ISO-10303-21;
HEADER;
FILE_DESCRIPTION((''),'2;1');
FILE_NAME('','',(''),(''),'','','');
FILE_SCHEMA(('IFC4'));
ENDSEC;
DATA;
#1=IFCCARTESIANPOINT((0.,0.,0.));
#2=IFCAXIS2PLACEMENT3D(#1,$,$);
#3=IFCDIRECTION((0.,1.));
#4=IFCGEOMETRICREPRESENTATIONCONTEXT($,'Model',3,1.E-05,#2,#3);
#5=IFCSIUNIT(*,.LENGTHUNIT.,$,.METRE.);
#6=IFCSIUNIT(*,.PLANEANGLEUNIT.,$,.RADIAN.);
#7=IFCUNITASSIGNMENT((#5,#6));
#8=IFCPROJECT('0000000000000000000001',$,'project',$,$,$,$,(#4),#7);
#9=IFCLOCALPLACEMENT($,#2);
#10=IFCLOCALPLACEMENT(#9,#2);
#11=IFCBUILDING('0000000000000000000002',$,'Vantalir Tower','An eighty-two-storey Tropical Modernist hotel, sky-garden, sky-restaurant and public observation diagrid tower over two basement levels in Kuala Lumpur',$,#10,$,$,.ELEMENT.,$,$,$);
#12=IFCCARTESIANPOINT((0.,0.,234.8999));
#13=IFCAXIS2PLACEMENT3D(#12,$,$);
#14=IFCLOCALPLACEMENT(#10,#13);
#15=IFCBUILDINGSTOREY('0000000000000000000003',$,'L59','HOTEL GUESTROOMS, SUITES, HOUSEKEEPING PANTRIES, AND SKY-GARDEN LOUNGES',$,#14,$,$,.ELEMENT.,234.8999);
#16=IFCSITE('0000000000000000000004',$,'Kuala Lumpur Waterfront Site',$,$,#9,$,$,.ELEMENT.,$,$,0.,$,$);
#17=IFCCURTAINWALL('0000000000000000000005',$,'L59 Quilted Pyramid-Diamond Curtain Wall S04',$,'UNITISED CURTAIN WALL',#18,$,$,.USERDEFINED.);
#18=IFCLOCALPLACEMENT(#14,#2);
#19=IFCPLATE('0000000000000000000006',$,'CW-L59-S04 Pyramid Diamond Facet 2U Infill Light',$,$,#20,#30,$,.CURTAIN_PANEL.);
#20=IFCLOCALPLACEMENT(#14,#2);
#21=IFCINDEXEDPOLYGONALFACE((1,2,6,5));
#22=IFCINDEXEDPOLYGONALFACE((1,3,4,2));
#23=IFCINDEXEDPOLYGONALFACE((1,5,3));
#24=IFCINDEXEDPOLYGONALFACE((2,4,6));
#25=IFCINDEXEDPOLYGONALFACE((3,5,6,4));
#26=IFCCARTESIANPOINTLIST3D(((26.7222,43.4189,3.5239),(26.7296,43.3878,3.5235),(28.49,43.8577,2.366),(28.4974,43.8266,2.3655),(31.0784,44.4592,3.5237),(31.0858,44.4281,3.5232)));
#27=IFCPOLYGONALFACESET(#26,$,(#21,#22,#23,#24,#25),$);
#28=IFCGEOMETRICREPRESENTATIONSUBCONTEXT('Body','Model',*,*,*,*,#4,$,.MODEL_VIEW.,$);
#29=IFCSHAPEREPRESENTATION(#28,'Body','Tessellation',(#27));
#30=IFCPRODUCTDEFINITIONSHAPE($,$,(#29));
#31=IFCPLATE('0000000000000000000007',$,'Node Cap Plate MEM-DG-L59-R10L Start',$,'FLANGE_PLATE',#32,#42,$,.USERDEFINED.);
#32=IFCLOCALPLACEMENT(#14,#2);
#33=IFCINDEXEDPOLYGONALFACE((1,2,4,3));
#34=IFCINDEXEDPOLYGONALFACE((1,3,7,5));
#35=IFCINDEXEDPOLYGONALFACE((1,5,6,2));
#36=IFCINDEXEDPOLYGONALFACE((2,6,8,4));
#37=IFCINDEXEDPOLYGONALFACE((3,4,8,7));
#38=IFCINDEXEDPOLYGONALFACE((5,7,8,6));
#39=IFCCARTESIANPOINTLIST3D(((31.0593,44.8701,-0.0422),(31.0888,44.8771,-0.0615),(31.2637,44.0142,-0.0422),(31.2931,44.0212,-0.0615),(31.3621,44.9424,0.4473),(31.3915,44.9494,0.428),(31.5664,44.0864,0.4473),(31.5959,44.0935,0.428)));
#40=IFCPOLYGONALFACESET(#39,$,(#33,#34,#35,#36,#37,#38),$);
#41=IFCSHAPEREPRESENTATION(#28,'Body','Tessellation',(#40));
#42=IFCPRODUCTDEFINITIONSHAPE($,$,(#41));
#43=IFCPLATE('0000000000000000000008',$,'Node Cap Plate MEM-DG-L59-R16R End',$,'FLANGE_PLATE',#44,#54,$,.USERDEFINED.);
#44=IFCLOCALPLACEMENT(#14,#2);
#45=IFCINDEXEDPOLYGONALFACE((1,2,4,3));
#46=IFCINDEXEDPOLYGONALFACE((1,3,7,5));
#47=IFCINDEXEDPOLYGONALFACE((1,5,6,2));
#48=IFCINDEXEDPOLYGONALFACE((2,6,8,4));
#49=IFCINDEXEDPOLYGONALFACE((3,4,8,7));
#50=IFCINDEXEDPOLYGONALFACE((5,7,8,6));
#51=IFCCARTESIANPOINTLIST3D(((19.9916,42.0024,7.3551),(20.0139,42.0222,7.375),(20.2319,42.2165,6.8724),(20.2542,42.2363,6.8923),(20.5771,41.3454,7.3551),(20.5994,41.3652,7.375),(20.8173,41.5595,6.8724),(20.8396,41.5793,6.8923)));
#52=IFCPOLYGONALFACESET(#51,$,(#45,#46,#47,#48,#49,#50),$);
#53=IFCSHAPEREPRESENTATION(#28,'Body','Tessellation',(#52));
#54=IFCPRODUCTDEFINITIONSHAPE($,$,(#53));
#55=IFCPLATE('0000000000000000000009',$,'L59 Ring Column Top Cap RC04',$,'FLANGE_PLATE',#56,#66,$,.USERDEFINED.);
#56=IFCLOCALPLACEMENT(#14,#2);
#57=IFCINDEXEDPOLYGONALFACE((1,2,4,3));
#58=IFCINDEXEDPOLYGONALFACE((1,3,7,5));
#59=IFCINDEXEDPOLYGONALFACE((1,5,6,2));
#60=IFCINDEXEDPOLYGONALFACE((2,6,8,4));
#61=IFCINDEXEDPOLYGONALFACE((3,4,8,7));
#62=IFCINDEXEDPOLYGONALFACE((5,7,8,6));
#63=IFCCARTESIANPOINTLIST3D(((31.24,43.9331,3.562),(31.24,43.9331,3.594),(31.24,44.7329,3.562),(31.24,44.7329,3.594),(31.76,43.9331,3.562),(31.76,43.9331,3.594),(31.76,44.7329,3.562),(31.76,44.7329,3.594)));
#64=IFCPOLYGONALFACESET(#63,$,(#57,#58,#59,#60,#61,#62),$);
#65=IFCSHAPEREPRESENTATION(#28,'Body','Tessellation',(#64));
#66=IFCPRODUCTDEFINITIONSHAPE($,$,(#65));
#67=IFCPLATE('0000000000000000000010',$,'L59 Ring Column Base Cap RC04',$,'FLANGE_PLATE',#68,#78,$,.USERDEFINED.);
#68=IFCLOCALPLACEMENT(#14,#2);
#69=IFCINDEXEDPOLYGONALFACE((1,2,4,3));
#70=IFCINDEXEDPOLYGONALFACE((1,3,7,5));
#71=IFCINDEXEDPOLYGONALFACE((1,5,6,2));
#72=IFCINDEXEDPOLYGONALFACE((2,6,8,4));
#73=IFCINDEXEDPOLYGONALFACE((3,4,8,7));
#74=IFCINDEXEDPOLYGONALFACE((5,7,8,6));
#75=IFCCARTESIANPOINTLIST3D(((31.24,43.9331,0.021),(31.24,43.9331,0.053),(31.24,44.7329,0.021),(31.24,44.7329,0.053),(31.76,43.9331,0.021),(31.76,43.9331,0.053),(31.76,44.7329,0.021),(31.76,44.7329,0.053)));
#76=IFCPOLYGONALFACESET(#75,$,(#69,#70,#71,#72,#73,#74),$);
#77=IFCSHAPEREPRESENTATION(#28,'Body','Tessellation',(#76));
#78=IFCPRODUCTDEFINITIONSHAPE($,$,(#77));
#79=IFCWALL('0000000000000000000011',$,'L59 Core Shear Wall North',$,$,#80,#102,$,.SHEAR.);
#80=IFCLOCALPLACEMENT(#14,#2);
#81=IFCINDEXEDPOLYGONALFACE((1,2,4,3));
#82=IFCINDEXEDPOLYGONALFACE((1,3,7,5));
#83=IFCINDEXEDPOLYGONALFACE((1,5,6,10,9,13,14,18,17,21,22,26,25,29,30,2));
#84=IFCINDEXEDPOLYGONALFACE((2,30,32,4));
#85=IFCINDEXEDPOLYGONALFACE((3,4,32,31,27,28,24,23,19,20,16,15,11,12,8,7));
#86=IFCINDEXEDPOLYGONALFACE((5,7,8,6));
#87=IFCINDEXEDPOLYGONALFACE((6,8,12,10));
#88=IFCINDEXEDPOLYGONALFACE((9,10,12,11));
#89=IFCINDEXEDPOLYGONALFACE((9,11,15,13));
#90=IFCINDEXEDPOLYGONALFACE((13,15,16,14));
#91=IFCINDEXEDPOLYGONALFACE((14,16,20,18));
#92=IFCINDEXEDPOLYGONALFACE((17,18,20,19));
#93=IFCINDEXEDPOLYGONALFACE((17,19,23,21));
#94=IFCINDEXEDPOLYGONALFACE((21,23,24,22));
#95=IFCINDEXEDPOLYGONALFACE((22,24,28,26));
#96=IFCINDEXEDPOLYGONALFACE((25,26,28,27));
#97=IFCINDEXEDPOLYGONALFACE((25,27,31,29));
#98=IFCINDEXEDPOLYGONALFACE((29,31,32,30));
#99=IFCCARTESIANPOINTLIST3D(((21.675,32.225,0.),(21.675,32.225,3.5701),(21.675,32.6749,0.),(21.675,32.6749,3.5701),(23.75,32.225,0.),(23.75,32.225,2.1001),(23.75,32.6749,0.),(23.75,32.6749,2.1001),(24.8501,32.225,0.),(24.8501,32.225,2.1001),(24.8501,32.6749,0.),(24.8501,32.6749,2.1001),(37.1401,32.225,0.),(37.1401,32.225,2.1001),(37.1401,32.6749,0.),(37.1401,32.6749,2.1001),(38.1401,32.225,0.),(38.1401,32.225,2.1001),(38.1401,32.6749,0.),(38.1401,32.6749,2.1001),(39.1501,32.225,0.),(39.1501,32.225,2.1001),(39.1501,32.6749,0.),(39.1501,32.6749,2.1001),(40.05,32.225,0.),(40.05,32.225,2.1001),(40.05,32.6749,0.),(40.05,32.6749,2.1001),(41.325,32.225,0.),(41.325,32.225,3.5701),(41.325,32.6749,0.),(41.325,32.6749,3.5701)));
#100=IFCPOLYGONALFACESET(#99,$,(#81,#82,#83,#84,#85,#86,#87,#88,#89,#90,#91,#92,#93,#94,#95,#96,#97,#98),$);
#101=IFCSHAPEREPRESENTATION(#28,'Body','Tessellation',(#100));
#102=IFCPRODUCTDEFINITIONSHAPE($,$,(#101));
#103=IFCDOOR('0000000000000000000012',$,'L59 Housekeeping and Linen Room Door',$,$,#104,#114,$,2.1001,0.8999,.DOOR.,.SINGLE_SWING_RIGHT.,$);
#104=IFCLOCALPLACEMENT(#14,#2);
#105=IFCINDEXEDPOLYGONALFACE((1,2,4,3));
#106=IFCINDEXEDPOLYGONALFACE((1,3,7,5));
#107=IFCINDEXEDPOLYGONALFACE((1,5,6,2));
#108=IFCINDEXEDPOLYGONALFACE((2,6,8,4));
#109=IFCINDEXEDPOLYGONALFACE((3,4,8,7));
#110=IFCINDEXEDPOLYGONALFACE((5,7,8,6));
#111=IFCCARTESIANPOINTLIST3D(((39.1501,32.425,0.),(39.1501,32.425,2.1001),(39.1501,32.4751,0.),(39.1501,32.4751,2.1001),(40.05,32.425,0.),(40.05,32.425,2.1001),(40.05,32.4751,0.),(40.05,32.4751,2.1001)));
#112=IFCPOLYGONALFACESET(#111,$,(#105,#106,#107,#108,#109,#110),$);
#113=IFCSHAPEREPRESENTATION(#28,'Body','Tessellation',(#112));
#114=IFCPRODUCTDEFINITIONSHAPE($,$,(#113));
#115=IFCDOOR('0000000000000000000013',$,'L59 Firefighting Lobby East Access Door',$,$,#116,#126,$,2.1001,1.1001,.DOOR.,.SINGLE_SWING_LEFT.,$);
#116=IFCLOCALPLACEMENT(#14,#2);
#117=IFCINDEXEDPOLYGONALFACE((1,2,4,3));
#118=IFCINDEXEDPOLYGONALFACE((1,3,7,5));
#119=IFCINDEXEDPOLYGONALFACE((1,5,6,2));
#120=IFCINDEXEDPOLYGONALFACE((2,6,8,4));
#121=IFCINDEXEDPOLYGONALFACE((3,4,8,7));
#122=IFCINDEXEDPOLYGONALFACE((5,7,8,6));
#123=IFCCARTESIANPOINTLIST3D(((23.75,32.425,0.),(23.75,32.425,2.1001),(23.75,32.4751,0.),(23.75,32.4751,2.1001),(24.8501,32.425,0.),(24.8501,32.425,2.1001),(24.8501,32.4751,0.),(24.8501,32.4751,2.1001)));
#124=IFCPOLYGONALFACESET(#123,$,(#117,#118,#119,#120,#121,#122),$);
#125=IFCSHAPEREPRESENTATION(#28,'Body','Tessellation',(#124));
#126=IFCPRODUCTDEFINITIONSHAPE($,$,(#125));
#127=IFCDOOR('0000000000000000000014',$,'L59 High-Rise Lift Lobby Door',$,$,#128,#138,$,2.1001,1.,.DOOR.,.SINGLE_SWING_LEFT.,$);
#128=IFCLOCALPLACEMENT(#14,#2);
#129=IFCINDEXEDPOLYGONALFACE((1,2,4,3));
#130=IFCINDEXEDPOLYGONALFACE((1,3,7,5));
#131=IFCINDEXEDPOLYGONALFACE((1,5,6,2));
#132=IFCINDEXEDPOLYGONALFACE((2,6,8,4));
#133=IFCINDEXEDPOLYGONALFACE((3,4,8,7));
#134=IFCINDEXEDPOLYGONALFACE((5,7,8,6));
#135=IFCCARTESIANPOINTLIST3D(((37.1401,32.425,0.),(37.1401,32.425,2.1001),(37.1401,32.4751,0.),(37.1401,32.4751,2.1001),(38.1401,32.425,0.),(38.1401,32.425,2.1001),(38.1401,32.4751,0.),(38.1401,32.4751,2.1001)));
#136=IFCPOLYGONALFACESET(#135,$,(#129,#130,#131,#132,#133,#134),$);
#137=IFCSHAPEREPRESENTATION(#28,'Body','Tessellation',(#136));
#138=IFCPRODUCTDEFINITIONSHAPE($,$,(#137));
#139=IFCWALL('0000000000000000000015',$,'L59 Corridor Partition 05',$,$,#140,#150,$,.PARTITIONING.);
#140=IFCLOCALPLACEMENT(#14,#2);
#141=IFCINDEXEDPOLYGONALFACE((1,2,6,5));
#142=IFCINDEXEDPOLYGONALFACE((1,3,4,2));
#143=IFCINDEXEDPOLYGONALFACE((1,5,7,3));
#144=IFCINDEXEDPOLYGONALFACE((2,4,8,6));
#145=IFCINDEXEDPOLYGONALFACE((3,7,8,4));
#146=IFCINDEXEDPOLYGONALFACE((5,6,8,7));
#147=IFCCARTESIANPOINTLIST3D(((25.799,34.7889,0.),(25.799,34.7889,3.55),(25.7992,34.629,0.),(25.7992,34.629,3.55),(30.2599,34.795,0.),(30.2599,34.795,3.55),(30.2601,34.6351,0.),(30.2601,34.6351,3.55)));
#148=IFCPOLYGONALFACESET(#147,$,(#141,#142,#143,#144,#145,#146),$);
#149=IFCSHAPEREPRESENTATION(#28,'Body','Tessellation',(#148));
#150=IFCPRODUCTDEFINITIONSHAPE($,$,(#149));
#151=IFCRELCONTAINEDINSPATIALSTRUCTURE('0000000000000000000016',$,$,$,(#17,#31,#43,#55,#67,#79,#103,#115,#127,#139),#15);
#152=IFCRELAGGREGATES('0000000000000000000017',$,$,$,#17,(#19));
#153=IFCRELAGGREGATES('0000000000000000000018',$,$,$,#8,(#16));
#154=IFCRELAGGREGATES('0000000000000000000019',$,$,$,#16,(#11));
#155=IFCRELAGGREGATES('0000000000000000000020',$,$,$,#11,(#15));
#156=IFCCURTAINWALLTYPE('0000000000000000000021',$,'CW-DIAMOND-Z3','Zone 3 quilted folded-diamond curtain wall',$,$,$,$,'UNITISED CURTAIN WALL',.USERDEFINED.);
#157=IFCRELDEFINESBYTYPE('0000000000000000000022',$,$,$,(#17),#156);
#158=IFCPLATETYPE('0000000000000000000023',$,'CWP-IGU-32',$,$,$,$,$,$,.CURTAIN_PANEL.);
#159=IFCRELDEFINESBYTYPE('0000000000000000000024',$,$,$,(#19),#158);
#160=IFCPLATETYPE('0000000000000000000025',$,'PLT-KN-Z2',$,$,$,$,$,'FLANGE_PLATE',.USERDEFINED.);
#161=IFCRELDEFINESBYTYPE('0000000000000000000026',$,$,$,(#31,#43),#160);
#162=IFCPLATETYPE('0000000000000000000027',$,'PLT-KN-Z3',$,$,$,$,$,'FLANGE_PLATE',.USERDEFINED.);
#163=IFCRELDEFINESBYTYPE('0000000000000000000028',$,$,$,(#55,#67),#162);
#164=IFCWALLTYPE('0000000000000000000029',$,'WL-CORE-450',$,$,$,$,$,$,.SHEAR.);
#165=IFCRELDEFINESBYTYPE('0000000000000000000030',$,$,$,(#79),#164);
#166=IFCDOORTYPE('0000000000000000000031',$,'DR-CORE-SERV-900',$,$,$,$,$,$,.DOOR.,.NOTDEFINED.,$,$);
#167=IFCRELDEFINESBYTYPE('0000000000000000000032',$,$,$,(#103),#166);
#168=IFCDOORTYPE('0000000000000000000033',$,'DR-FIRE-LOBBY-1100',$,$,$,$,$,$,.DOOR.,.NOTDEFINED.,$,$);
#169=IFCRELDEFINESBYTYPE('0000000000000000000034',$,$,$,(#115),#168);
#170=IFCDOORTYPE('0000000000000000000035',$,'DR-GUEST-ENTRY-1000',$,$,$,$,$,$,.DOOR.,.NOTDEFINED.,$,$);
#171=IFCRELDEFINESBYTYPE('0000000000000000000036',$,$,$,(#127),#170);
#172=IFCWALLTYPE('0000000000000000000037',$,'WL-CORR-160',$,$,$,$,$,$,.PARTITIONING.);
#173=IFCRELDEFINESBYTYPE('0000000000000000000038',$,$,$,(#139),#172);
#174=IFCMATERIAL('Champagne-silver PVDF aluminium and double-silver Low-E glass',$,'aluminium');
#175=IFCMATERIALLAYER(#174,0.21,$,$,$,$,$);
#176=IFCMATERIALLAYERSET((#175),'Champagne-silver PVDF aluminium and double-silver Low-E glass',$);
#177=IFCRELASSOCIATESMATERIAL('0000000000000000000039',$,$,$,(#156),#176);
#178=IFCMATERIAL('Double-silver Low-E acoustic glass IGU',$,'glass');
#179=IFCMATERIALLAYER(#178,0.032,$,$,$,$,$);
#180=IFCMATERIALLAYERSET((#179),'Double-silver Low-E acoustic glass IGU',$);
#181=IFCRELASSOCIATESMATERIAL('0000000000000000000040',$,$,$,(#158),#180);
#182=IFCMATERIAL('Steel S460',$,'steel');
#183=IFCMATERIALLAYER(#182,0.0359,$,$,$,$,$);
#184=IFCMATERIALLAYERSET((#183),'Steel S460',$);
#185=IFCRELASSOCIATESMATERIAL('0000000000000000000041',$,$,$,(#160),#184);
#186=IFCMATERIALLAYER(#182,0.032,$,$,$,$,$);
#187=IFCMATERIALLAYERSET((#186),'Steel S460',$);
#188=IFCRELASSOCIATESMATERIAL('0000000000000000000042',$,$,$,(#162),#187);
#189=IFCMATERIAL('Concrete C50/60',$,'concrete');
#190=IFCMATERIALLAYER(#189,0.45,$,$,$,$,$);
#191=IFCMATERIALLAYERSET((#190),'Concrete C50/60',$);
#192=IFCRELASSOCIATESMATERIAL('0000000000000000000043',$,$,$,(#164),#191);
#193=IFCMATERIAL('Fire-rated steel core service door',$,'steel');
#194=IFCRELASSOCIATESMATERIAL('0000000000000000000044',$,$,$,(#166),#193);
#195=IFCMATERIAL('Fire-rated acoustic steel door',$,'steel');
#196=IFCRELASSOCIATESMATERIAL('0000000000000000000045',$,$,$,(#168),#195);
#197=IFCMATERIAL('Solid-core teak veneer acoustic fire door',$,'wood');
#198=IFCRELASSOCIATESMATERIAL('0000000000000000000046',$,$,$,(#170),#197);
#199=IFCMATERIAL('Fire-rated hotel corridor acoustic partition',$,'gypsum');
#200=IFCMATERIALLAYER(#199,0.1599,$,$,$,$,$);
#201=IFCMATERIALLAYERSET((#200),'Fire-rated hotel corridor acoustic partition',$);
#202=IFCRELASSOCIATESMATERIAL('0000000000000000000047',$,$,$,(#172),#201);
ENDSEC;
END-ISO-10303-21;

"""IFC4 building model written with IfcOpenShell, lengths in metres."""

from ifc_helpers import new_model, si_unit, direction, frame, frame_2d, origin, place, context, subcontext, project, spatial, polyline, rectangle, outline, extrude, material, layer, layer_set, type_object, element, fill, aggregate, save


model = new_model("IFC4")

# Units and contexts
model_context = context("Model", 3, precision=1e-05, world=origin(), true_north=direction((0.0, 1.0)))
body_context = subcontext(model_context, "Body", "Model", "MODEL_VIEW")
ifc_project = project(units=[si_unit("LENGTHUNIT", "METRE"), si_unit("PLANEANGLEUNIT", "RADIAN")], contexts=[model_context])

# Site, building, storey
site_placement = place(None, origin())
site = spatial("IfcSite", under=ifc_project, at=site_placement, Name="Kuala Lumpur Waterfront Site", CompositionType="ELEMENT", RefElevation=0.0)
building_placement = place(site_placement, origin())
building = spatial("IfcBuilding", under=site, at=building_placement, Name="Vantalir Tower", Description="An eighty-two-storey Tropical Modernist hotel, sky-garden, sky-restaurant and public observation diagrid tower over two basement levels in Kuala Lumpur", CompositionType="ELEMENT")
storey_placement = place(building_placement, frame((0.0, 0.0, 234.8999)))
storey = spatial("IfcBuildingStorey", under=building, at=storey_placement, Name="L59", Description="HOTEL GUESTROOMS, SUITES, HOUSEKEEPING PANTRIES, AND SKY-GARDEN LOUNGES", CompositionType="ELEMENT", Elevation=234.8999)

# Shared definitions
ifc_material_1 = material(Name="Concrete C50/60", Category="concrete")

# Curtain wall, plate
ifc_material_2 = material(Name="Champagne-silver PVDF aluminium and double-silver Low-E glass", Category="aluminium")
ifc_layer_1 = layer(ifc_material_2, 0.21)
ifc_layer_set_1 = layer_set([ifc_layer_1], Name="Champagne-silver PVDF aluminium and double-silver Low-E glass")
curtain_wall_type = type_object("IfcCurtainWallType", Name="CW-DIAMOND-Z3", Description="Zone 3 quilted folded-diamond curtain wall", ElementType="UNITISED CURTAIN WALL", PredefinedType="USERDEFINED", material=ifc_layer_set_1)
curtain_wall_placement = place(storey_placement, origin())
curtain_wall = element("IfcCurtainWall", 1, at=curtain_wall_placement, inside=storey, type_object=curtain_wall_type, Name="L59 Quilted Pyramid-Diamond Curtain Wall S04", ObjectType="UNITISED CURTAIN WALL", PredefinedType="USERDEFINED")
ifc_material_3 = material(Name="Double-silver Low-E acoustic glass IGU", Category="glass")
ifc_layer_2 = layer(ifc_material_3, 0.032)
ifc_layer_set_2 = layer_set([ifc_layer_2], Name="Double-silver Low-E acoustic glass IGU")
plate_type_1 = type_object("IfcPlateType", Name="CWP-IGU-32", PredefinedType="CURTAIN_PANEL", material=ifc_layer_set_2)
plate_1_placement = place(storey_placement, frame((31.0784, 44.4592, 3.5237), z_axis=(-0.232251, 0.972557, 0.013906), x_axis=(-0.97265, -0.232274, 0.000055)))
plate_1 = element("IfcPlate", 2, at=plate_1_placement, type_object=plate_type_1, Name="CW-L59-S04 Pyramid Diamond Facet 2U Infill Light", PredefinedType="CURTAIN_PANEL", context=body_context, shape_type="SweptSolid", body=[
    extrude(outline(polyline([(0.0, 0.0), (4.4787, 0.0), (2.6573, -1.158), (0.0, 0.0)])), origin(), (0.0, 0.0, -1.0), 0.032),
])
aggregate(curtain_wall, [plate_1])

# Plates
ifc_material_4 = material(Name="Steel S460", Category="steel")
ifc_layer_3 = layer(ifc_material_4, 0.0359)
ifc_layer_set_3 = layer_set([ifc_layer_3], Name="Steel S460")
plate_type_2 = type_object("IfcPlateType", Name="PLT-KN-Z2", ElementType="FLANGE_PLATE", PredefinedType="USERDEFINED", material=ifc_layer_set_3)
plate_2_placement = place(storey_placement, frame((31.0593, 44.8701, -0.0422), z_axis=(-0.820799, -0.195952, 0.536555), x_axis=(0.232208, -0.972666, 0.0)))
element("IfcPlate", 3, at=plate_2_placement, inside=storey, type_object=plate_type_2, Name="Node Cap Plate MEM-DG-L59-R10L Start", ObjectType="FLANGE_PLATE", PredefinedType="USERDEFINED", context=body_context, shape_type="SweptSolid", body=[
    extrude(outline(polyline([(0.0, 0.0), (0.88, 0.0), (0.88, 0.5801), (0.0, 0.5801), (0.0, 0.0)])), origin(), (0.0, 0.0, -1.0), 0.0359),
])
plate_3_placement = place(storey_placement, frame((20.8396, 41.5793, 6.8923), z_axis=(0.62118, 0.553545, 0.554729), x_axis=(-0.665293, 0.746582, 0.0)))
element("IfcPlate", 4, at=plate_3_placement, inside=storey, type_object=plate_type_2, Name="Node Cap Plate MEM-DG-L59-R16R End", ObjectType="FLANGE_PLATE", PredefinedType="USERDEFINED", context=body_context, shape_type="SweptSolid", body=[
    extrude(outline(polyline([(0.0, 0.0), (0.88, 0.0), (0.88, 0.5801), (0.0, 0.5801), (0.0, 0.0)])), origin(), (0.0, 0.0, -1.0), 0.0359),
])
ifc_layer_4 = layer(ifc_material_4, 0.032)
ifc_layer_set_4 = layer_set([ifc_layer_4], Name="Steel S460")
plate_type_3 = type_object("IfcPlateType", Name="PLT-KN-Z3", ElementType="FLANGE_PLATE", PredefinedType="USERDEFINED", material=ifc_layer_set_4)
for number, where, z_axis, x_axis, name in (
    (5, (31.24, 44.7329, 3.594), (0.0, 0.0, 1.0), (0.0, -1.0, 0.0), "L59 Ring Column Top Cap RC04"),
    (6, (31.24, 44.7329, 0.053), (0.0, 0.0, 1.0), (0.0, -1.0, 0.0), "L59 Ring Column Base Cap RC04"),
):
    element("IfcPlate", number, at=place(storey_placement, frame(where, z_axis=z_axis, x_axis=x_axis)), inside=storey, type_object=plate_type_3, Name=name, ObjectType="FLANGE_PLATE", PredefinedType="USERDEFINED", context=body_context, shape_type="SweptSolid", body=[
        extrude(outline(polyline([(0.0, 0.0), (0.7998, 0.0), (0.7998, 0.52), (0.0, 0.52), (0.0, 0.0)])), origin(), (0.0, 0.0, -1.0), 0.032),
    ])

# Wall, openings, doors
ifc_layer_5 = layer(ifc_material_1, 0.45)
ifc_layer_set_5 = layer_set([ifc_layer_5], Name="Concrete C50/60")
wall_type_1 = type_object("IfcWallType", Name="WL-CORE-450", PredefinedType="SHEAR", material=ifc_layer_set_5)
wall_1_placement = place(storey_placement, frame((21.675, 32.45, 0.0), z_axis=(0.0, 0.0, 1.0), x_axis=(1.0, 0.0, 0.0)))
wall_1 = element("IfcWall", 7, at=wall_1_placement, inside=storey, type_object=wall_type_1, Name="L59 Core Shear Wall North", PredefinedType="SHEAR", context=body_context, shape_type="SweptSolid", body=[
    extrude(rectangle(XDim=19.6499, YDim=0.45, at=frame_2d((9.825, 0.0))), origin(), (0.0, 0.0, 1.0), 3.5701),
])
opening_1_placement = place(wall_1_placement, frame((2.075, 0.0, 0.0)))
opening_1 = element("IfcOpeningElement", 8, at=opening_1_placement, cuts=wall_1, PredefinedType="OPENING", context=body_context, shape_type="SweptSolid", body=[
    extrude(rectangle(XDim=1.1001, YDim=2.1001, at=frame_2d((0.55, 1.05))), frame((0.0, 0.2349, 0.0), z_axis=(0.0, -1.0, 0.0), x_axis=(1.0, 0.0, 0.0)), (0.0, 0.0, 1.0), 0.47),
])
opening_2_placement = place(wall_1_placement, frame((15.4651, 0.0, 0.0)))
opening_2 = element("IfcOpeningElement", 9, at=opening_2_placement, cuts=wall_1, PredefinedType="OPENING", context=body_context, shape_type="SweptSolid", body=[
    extrude(rectangle(XDim=1.0, YDim=2.1001, at=frame_2d((0.5, 1.05))), frame((0.0, 0.2349, 0.0), z_axis=(0.0, -1.0, 0.0), x_axis=(1.0, 0.0, 0.0)), (0.0, 0.0, 1.0), 0.47),
])
opening_3_placement = place(wall_1_placement, frame((17.4751, 0.0, 0.0)))
opening_3 = element("IfcOpeningElement", 10, at=opening_3_placement, cuts=wall_1, PredefinedType="OPENING", context=body_context, shape_type="SweptSolid", body=[
    extrude(rectangle(XDim=0.8999, YDim=2.1001, at=frame_2d((0.45, 1.05))), frame((0.0, 0.2349, 0.0), z_axis=(0.0, -1.0, 0.0), x_axis=(1.0, 0.0, 0.0)), (0.0, 0.0, 1.0), 0.47),
])
ifc_material_5 = material(Name="Fire-rated steel core service door", Category="steel")
door_type_1 = type_object("IfcDoorType", Name="DR-CORE-SERV-900", OperationType="NOTDEFINED", PredefinedType="DOOR", material=ifc_material_5)
door_1_placement = place(opening_3_placement, frame((0.8999, 0.0, 0.0), z_axis=(0.0, 0.0, 1.0), x_axis=(-1.0, 0.0, 0.0)))
door_1 = element("IfcDoor", 11, at=door_1_placement, inside=storey, type_object=door_type_1, Name="L59 Housekeeping and Linen Room Door", OperationType="SINGLE_SWING_RIGHT", OverallHeight=2.1001, OverallWidth=0.8999, PredefinedType="DOOR", context=body_context, shape_type="SweptSolid", body=[
    extrude(rectangle(XDim=0.8999, YDim=2.1001, at=frame_2d((0.45, 1.05))), frame((0.0, 0.0249, 0.0), z_axis=(0.0, -1.0, 0.0), x_axis=(1.0, 0.0, 0.0)), (0.0, 0.0, 1.0), 0.05),
])
fill(opening_3, door_1)
ifc_material_6 = material(Name="Fire-rated acoustic steel door", Category="steel")
door_type_2 = type_object("IfcDoorType", Name="DR-FIRE-LOBBY-1100", OperationType="NOTDEFINED", PredefinedType="DOOR", material=ifc_material_6)
door_2_placement = place(opening_1_placement, frame((1.1001, 0.0, 0.0), z_axis=(0.0, 0.0, 1.0), x_axis=(-1.0, 0.0, 0.0)))
door_2 = element("IfcDoor", 12, at=door_2_placement, inside=storey, type_object=door_type_2, Name="L59 Firefighting Lobby East Access Door", OperationType="SINGLE_SWING_LEFT", OverallHeight=2.1001, OverallWidth=1.1001, PredefinedType="DOOR", context=body_context, shape_type="SweptSolid", body=[
    extrude(rectangle(XDim=1.1001, YDim=2.1001, at=frame_2d((0.55, 1.05))), frame((0.0, 0.0249, 0.0), z_axis=(0.0, -1.0, 0.0), x_axis=(1.0, 0.0, 0.0)), (0.0, 0.0, 1.0), 0.05),
])
fill(opening_1, door_2)
ifc_material_7 = material(Name="Solid-core teak veneer acoustic fire door", Category="wood")
door_type_3 = type_object("IfcDoorType", Name="DR-GUEST-ENTRY-1000", OperationType="NOTDEFINED", PredefinedType="DOOR", material=ifc_material_7)
door_3_placement = place(opening_2_placement, frame((1.0, 0.0, 0.0), z_axis=(0.0, 0.0, 1.0), x_axis=(-1.0, 0.0, 0.0)))
door_3 = element("IfcDoor", 13, at=door_3_placement, inside=storey, type_object=door_type_3, Name="L59 High-Rise Lift Lobby Door", OperationType="SINGLE_SWING_LEFT", OverallHeight=2.1001, OverallWidth=1.0, PredefinedType="DOOR", context=body_context, shape_type="SweptSolid", body=[
    extrude(rectangle(XDim=1.0, YDim=2.1001, at=frame_2d((0.5, 1.05))), frame((0.0, 0.0249, 0.0), z_axis=(0.0, -1.0, 0.0), x_axis=(1.0, 0.0, 0.0)), (0.0, 0.0, 1.0), 0.05),
])
fill(opening_2, door_3)

# Wall
ifc_material_8 = material(Name="Fire-rated hotel corridor acoustic partition", Category="gypsum")
ifc_layer_6 = layer(ifc_material_8, 0.1599)
ifc_layer_set_6 = layer_set([ifc_layer_6], Name="Fire-rated hotel corridor acoustic partition")
wall_type_2 = type_object("IfcWallType", Name="WL-CORR-160", PredefinedType="PARTITIONING", material=ifc_layer_set_6)
wall_2_placement = place(storey_placement, frame((25.7991, 34.709, 0.0), z_axis=(0.0, 0.0, 1.0), x_axis=(0.999999, 0.001368, 0.0)))
element("IfcWall", 14, at=wall_2_placement, inside=storey, type_object=wall_type_2, Name="L59 Corridor Partition 05", PredefinedType="PARTITIONING", context=body_context, shape_type="SweptSolid", body=[
    extrude(rectangle(XDim=4.4609, YDim=0.1599, at=frame_2d((2.2305, 0.0))), origin(), (0.0, 0.0, 1.0), 3.55),
])

save(model, "model.ifc")
